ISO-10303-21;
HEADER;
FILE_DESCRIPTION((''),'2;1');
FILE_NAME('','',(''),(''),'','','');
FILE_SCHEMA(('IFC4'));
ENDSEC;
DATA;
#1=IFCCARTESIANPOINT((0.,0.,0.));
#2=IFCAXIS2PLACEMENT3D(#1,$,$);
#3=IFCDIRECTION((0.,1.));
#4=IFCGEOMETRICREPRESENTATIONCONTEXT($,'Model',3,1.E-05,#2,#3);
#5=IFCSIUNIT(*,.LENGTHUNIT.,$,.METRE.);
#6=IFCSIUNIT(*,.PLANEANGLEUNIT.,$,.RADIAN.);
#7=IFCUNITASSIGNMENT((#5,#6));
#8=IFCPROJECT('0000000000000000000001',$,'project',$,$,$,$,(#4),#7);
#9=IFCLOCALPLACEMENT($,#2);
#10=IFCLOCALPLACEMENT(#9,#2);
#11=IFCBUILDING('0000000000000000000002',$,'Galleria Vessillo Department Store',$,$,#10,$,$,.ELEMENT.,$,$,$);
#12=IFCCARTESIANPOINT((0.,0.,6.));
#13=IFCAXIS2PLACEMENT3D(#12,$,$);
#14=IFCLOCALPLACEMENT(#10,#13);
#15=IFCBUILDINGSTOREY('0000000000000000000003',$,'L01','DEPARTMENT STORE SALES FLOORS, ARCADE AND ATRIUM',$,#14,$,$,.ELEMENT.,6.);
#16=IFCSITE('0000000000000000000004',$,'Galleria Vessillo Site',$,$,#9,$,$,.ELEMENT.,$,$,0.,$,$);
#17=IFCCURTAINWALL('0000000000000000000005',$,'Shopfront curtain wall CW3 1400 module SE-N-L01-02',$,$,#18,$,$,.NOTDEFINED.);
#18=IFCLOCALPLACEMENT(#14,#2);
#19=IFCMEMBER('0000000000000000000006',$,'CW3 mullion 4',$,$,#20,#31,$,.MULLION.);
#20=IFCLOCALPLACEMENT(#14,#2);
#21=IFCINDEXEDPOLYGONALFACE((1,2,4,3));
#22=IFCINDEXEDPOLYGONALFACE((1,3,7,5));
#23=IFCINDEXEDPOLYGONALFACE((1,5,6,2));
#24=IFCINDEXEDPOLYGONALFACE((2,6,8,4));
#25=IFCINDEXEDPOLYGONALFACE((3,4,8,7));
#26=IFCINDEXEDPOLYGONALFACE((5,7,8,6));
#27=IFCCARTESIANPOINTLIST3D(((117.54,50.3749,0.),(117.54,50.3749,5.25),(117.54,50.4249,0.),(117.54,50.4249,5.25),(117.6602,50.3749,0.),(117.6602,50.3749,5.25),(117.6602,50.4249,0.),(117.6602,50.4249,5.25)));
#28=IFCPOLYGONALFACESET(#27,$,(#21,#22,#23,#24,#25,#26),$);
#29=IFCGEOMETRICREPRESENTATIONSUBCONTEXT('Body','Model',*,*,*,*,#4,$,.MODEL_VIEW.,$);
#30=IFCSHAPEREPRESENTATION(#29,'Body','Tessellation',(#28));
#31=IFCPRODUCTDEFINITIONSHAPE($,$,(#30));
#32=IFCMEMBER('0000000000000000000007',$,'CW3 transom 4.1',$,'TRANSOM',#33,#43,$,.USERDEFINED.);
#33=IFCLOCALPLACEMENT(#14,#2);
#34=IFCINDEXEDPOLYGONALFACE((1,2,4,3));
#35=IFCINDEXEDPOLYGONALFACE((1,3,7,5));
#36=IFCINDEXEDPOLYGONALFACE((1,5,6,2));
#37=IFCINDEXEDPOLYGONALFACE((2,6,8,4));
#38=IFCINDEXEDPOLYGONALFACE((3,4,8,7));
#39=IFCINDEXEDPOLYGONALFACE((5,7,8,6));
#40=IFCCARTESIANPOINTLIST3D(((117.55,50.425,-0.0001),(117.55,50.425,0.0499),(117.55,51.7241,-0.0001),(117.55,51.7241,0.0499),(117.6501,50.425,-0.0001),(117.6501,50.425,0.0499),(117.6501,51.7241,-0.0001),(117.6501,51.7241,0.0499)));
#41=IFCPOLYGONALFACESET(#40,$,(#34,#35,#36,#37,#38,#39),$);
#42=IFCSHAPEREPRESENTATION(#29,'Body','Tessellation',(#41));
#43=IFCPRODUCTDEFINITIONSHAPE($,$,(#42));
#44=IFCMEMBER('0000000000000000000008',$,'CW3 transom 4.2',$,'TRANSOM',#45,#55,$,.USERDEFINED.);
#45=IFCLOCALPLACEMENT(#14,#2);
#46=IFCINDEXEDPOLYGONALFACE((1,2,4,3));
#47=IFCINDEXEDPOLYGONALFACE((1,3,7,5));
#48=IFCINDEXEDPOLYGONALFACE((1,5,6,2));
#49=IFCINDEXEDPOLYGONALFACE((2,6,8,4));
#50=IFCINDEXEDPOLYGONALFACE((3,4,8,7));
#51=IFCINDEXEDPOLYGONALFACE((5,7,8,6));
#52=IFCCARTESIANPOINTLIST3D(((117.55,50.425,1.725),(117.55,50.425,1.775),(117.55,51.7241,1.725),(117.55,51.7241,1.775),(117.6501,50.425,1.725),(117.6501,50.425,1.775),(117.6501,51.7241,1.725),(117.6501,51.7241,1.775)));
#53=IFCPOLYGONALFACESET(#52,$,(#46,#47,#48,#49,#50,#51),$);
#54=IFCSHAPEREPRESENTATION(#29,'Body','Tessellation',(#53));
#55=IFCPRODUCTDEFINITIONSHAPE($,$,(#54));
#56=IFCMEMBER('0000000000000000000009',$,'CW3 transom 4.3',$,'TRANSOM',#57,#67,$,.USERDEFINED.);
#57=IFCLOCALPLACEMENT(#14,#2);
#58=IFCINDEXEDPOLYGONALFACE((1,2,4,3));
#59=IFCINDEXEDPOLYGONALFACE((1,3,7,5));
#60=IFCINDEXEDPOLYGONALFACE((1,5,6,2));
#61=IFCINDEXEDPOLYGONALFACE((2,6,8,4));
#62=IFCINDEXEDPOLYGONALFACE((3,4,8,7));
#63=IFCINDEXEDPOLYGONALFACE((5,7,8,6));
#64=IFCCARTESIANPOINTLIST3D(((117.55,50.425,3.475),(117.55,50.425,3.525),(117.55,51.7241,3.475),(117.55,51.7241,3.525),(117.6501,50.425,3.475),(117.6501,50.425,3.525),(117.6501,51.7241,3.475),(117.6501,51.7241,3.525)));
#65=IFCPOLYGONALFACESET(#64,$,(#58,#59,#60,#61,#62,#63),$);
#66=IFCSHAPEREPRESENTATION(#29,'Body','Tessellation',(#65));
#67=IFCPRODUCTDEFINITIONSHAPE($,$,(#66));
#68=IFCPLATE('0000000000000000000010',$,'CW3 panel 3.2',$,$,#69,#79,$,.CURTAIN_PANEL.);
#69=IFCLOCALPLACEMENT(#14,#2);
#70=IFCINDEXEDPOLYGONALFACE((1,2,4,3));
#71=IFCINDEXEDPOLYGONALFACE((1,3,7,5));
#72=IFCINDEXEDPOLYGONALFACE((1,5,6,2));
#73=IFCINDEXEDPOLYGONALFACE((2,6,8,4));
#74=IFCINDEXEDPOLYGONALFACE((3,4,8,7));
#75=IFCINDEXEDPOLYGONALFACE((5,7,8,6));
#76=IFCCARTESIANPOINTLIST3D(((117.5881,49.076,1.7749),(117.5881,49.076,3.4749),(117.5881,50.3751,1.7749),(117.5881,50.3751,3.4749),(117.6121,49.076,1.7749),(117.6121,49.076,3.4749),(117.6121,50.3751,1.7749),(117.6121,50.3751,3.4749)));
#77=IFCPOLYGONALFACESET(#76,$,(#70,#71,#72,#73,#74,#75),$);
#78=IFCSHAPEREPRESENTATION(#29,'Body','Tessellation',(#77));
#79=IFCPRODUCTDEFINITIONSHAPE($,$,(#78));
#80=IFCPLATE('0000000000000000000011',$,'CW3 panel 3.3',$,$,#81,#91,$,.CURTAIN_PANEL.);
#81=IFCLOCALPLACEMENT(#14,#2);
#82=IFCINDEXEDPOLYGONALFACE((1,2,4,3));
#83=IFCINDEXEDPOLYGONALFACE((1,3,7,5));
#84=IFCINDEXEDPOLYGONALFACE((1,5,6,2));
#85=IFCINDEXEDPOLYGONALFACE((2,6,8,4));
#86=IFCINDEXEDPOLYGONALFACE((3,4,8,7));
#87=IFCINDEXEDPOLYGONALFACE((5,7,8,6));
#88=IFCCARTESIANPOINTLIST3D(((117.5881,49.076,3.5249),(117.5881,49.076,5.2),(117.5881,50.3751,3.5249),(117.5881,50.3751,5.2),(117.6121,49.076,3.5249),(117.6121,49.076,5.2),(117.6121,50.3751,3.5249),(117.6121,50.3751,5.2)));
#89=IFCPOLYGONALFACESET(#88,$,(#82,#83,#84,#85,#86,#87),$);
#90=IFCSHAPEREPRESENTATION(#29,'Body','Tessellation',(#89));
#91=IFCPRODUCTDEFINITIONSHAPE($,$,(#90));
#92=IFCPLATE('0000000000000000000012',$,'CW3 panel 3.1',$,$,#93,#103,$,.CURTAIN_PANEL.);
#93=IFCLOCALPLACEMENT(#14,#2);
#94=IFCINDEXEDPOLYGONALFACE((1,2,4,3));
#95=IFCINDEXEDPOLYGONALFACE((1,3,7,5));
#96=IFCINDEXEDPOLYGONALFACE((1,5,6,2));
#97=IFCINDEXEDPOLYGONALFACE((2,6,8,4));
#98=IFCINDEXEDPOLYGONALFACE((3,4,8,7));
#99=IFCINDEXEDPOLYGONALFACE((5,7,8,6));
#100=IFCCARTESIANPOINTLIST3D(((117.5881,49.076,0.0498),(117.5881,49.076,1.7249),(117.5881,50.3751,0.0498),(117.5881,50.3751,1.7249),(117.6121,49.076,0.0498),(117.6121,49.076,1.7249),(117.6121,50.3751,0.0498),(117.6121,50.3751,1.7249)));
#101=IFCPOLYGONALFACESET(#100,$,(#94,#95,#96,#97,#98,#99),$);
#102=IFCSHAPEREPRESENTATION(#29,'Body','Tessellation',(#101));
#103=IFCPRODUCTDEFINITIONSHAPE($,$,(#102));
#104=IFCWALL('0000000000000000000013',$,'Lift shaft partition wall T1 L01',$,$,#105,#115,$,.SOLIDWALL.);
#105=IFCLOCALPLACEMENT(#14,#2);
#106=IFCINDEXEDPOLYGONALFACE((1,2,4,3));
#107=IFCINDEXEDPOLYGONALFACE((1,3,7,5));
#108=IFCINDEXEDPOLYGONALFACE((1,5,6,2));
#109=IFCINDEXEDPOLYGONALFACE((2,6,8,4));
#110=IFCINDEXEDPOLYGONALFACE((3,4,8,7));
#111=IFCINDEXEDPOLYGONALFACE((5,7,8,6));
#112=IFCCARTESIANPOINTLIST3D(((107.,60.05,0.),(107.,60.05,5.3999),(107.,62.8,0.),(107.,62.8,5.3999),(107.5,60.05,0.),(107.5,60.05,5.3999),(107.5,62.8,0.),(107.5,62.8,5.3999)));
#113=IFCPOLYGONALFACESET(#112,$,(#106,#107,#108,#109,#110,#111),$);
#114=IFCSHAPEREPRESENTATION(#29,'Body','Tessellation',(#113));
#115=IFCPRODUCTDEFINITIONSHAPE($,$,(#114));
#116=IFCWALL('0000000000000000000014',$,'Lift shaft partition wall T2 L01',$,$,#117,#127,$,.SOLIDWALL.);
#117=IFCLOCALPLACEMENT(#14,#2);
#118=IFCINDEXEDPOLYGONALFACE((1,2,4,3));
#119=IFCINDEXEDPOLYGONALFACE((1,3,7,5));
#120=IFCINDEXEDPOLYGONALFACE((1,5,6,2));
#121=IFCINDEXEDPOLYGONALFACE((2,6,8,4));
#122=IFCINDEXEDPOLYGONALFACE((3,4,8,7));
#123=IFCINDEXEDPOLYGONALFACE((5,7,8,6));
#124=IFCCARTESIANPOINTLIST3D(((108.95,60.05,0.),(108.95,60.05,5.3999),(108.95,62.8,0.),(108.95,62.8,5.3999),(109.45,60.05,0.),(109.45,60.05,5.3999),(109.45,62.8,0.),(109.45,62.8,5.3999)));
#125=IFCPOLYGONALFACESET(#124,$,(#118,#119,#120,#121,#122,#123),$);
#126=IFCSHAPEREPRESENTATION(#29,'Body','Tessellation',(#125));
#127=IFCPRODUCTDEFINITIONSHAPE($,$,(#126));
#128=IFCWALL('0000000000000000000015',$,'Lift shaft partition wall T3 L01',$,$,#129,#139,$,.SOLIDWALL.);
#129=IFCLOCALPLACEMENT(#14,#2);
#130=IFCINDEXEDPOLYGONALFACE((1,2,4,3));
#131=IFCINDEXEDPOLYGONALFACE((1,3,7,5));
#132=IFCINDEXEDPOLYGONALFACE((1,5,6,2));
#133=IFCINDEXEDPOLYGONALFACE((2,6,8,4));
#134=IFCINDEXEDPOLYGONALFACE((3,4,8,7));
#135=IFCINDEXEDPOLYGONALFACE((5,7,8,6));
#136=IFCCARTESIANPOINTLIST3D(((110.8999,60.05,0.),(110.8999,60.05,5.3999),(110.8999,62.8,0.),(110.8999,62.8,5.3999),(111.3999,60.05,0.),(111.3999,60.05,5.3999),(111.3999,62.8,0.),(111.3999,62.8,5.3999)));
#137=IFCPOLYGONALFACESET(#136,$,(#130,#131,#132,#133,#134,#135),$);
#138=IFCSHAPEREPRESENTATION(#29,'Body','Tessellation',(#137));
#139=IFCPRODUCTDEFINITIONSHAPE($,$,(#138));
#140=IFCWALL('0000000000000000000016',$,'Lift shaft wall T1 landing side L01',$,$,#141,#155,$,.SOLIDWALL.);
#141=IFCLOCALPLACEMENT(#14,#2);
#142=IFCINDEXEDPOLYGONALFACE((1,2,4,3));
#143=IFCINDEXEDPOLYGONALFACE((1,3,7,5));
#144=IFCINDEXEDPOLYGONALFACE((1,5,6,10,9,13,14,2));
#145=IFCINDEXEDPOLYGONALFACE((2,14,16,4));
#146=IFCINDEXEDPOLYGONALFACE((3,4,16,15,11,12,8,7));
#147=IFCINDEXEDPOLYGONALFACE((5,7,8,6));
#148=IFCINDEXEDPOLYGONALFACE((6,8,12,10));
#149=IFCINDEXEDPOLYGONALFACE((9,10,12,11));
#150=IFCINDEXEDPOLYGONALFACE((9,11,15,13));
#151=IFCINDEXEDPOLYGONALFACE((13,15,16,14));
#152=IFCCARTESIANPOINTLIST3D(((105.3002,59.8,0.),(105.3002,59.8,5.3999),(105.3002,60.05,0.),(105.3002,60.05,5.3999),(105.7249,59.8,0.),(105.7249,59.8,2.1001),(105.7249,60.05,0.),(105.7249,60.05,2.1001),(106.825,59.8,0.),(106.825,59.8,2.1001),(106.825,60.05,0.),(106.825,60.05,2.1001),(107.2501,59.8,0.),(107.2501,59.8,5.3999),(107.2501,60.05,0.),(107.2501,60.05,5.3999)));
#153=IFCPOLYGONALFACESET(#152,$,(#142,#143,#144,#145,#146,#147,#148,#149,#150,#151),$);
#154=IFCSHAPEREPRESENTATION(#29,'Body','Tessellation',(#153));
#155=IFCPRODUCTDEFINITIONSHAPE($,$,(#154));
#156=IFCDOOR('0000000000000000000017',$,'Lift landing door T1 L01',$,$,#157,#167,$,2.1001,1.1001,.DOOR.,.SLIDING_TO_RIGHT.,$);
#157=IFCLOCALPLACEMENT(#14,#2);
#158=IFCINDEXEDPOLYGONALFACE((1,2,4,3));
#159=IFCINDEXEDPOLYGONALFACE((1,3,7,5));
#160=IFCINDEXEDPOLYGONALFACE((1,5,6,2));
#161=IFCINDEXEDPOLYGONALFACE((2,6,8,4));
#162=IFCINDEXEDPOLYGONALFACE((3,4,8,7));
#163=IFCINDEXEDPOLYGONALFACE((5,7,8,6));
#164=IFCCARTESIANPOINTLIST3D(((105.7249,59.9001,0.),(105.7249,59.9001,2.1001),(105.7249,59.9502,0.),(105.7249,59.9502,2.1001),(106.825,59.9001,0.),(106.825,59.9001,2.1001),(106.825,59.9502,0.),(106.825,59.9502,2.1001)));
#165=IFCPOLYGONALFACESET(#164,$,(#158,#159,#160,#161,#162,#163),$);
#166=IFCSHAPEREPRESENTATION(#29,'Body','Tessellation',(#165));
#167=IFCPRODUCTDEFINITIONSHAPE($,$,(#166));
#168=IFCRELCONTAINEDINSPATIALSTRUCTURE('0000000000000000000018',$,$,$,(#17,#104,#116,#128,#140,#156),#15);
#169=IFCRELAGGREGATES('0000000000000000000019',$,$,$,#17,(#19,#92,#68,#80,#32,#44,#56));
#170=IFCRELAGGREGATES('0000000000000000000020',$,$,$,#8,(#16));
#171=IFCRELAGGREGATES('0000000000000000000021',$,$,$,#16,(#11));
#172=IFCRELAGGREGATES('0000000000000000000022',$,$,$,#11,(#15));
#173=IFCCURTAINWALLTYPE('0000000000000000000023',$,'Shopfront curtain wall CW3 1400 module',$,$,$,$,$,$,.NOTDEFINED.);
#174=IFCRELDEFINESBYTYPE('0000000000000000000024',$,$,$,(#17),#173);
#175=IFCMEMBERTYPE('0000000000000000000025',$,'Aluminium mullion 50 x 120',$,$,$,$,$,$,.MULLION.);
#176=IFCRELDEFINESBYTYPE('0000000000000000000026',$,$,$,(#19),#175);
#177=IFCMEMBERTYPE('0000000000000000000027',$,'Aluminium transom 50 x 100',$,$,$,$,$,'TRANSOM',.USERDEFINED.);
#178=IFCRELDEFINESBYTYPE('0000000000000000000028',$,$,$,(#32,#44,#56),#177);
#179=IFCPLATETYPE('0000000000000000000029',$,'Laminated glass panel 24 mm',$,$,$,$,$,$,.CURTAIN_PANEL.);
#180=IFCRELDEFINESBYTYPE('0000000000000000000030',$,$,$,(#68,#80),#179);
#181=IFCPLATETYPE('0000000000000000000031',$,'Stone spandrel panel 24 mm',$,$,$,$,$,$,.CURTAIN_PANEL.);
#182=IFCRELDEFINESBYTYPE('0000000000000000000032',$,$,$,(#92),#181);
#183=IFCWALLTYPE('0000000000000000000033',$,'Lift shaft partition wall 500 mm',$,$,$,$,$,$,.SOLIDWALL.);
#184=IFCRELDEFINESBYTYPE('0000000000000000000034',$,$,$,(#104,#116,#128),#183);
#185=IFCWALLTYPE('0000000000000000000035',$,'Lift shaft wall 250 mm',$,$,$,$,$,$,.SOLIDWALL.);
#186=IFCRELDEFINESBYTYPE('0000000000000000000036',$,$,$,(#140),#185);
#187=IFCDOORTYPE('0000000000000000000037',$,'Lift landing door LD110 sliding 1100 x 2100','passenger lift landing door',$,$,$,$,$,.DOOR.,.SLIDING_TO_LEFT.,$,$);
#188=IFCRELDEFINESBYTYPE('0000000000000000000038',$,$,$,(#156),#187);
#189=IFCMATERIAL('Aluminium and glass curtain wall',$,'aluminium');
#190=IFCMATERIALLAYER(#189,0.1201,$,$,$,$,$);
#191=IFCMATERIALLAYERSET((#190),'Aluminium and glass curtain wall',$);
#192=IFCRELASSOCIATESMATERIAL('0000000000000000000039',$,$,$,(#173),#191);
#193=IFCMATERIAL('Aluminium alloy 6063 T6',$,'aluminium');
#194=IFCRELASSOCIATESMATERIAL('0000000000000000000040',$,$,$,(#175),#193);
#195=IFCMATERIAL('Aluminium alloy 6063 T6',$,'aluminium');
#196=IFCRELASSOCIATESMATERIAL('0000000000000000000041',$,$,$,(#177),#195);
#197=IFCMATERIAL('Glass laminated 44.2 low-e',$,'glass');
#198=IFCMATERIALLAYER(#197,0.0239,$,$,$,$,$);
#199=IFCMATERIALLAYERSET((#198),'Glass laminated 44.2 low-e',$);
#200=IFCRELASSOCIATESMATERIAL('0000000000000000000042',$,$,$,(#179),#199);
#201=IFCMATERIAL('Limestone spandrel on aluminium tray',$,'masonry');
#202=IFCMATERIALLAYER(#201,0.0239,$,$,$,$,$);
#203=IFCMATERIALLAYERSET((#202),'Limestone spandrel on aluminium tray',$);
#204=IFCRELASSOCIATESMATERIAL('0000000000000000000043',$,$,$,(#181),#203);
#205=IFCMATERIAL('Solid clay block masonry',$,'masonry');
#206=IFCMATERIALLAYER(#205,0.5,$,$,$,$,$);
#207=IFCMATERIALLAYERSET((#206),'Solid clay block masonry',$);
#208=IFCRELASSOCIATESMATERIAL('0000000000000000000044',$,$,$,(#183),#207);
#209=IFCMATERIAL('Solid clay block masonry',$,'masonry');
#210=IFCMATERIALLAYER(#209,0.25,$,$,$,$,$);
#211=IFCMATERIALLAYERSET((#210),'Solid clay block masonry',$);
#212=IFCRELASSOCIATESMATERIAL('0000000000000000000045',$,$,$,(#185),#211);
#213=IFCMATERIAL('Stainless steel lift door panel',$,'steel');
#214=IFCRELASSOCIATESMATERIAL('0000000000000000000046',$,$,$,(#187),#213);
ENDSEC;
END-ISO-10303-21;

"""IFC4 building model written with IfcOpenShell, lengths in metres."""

from ifc_helpers import new_model, si_unit, direction, frame, frame_2d, origin, origin_2d, place, context, subcontext, project, spatial, rectangle, extrude, material, layer, layer_set, material_profile, profile_set, type_object, element, fill, aggregate, save


model = new_model("IFC4")

# Units and contexts
model_context = context("Model", 3, precision=1e-05, world=origin(), true_north=direction((0.0, 1.0)))
body_context = subcontext(model_context, "Body", "Model", "MODEL_VIEW")
ifc_project = project(units=[si_unit("LENGTHUNIT", "METRE"), si_unit("PLANEANGLEUNIT", "RADIAN")], contexts=[model_context])

# Site, building, storey
site_placement = place(None, origin())
site = spatial("IfcSite", under=ifc_project, at=site_placement, Name="Galleria Vessillo Site", CompositionType="ELEMENT", RefElevation=0.0)
building_placement = place(site_placement, origin())
building = spatial("IfcBuilding", under=site, at=building_placement, Name="Galleria Vessillo Department Store", CompositionType="ELEMENT")
storey_placement = place(building_placement, frame((0.0, 0.0, 6.0)))
storey = spatial("IfcBuildingStorey", under=building, at=storey_placement, Name="L01", Description="DEPARTMENT STORE SALES FLOORS, ARCADE AND ATRIUM", CompositionType="ELEMENT", Elevation=6.0)

# Curtain wall, members, plates
ifc_material_1 = material(Name="Aluminium and glass curtain wall", Category="aluminium")
ifc_layer_1 = layer(ifc_material_1, 0.1201)
ifc_layer_set_1 = layer_set([ifc_layer_1], Name="Aluminium and glass curtain wall")
curtain_wall_type = type_object("IfcCurtainWallType", Name="Shopfront curtain wall CW3 1400 module", PredefinedType="NOTDEFINED", material=ifc_layer_set_1)
curtain_wall_placement = place(storey_placement, origin())
curtain_wall = element("IfcCurtainWall", 1, at=curtain_wall_placement, inside=storey, type_object=curtain_wall_type, Name="Shopfront curtain wall CW3 1400 module SE-N-L01-02", PredefinedType="NOTDEFINED")
ifc_material_2 = material(Name="Aluminium alloy 6063 T6", Category="aluminium")
ifc_material_profile_1 = material_profile(ifc_material_2, rectangle(XDim=0.1201, YDim=0.05, at=origin_2d()), Name="AL 50x120")
ifc_profile_set_1 = profile_set([ifc_material_profile_1], Name="Aluminium alloy 6063 T6")
member_type_1 = type_object("IfcMemberType", Name="Aluminium mullion 50 x 120", PredefinedType="MULLION", material=ifc_profile_set_1)
member_1_placement = place(storey_placement, frame((117.6001, 50.3999, 0.0), z_axis=(0.0, 0.0, 1.0), x_axis=(-1.0, 0.0, 0.0)))
member_1 = element("IfcMember", 2, at=member_1_placement, type_object=member_type_1, Name="CW3 mullion 4", PredefinedType="MULLION", context=body_context, shape_type="SweptSolid", body=[
    extrude(rectangle(XDim=0.1201, YDim=0.05, at=origin_2d()), origin(), (0.0, 0.0, 1.0), 5.25),
])
ifc_material_3 = material(Name="Aluminium alloy 6063 T6", Category="aluminium")
ifc_material_profile_2 = material_profile(ifc_material_3, rectangle(XDim=0.1001, YDim=0.05, at=origin_2d()), Name="AL 50x100")
ifc_profile_set_2 = profile_set([ifc_material_profile_2], Name="Aluminium alloy 6063 T6")
member_type_2 = type_object("IfcMemberType", Name="Aluminium transom 50 x 100", ElementType="TRANSOM", PredefinedType="USERDEFINED", material=ifc_profile_set_2)
member_2_placement = place(storey_placement, frame((117.6001, 50.425, 0.0249), z_axis=(0.0, 1.0, 0.0), x_axis=(-1.0, 0.0, 0.0)))
member_2 = element("IfcMember", 3, at=member_2_placement, type_object=member_type_2, Name="CW3 transom 4.1", ObjectType="TRANSOM", PredefinedType="USERDEFINED", context=body_context, shape_type="SweptSolid", body=[
    extrude(rectangle(XDim=0.1001, YDim=0.05, at=origin_2d()), origin(), (0.0, 0.0, 1.0), 1.2991),
])
member_3_placement = place(storey_placement, frame((117.6001, 50.425, 1.75), z_axis=(0.0, 1.0, 0.0), x_axis=(-1.0, 0.0, 0.0)))
member_3 = element("IfcMember", 4, at=member_3_placement, type_object=member_type_2, Name="CW3 transom 4.2", ObjectType="TRANSOM", PredefinedType="USERDEFINED", context=body_context, shape_type="SweptSolid", body=[
    extrude(rectangle(XDim=0.1001, YDim=0.05, at=origin_2d()), origin(), (0.0, 0.0, 1.0), 1.2991),
])
member_4_placement = place(storey_placement, frame((117.6001, 50.425, 3.5), z_axis=(0.0, 1.0, 0.0), x_axis=(-1.0, 0.0, 0.0)))
member_4 = element("IfcMember", 5, at=member_4_placement, type_object=member_type_2, Name="CW3 transom 4.3", ObjectType="TRANSOM", PredefinedType="USERDEFINED", context=body_context, shape_type="SweptSolid", body=[
    extrude(rectangle(XDim=0.1001, YDim=0.05, at=origin_2d()), origin(), (0.0, 0.0, 1.0), 1.2991),
])
ifc_material_4 = material(Name="Glass laminated 44.2 low-e", Category="glass")
ifc_layer_2 = layer(ifc_material_4, 0.0239)
ifc_layer_set_2 = layer_set([ifc_layer_2], Name="Glass laminated 44.2 low-e")
plate_type_1 = type_object("IfcPlateType", Name="Laminated glass panel 24 mm", PredefinedType="CURTAIN_PANEL", material=ifc_layer_set_2)
plate_1_placement = place(storey_placement, frame((117.6001, 49.7256, 1.7749), z_axis=(0.0, 0.0, 1.0), x_axis=(0.0, 1.0, 0.0)))
plate_1 = element("IfcPlate", 6, at=plate_1_placement, type_object=plate_type_1, Name="CW3 panel 3.2", PredefinedType="CURTAIN_PANEL", context=body_context, shape_type="SweptSolid", body=[
    extrude(rectangle(XDim=1.2991, YDim=0.0239, at=origin_2d()), origin(), (0.0, 0.0, 1.0), 1.7),
])
plate_2_placement = place(storey_placement, frame((117.6001, 49.7256, 3.5249), z_axis=(0.0, 0.0, 1.0), x_axis=(0.0, 1.0, 0.0)))
plate_2 = element("IfcPlate", 7, at=plate_2_placement, type_object=plate_type_1, Name="CW3 panel 3.3", PredefinedType="CURTAIN_PANEL", context=body_context, shape_type="SweptSolid", body=[
    extrude(rectangle(XDim=1.2991, YDim=0.0239, at=origin_2d()), origin(), (0.0, 0.0, 1.0), 1.675),
])
ifc_material_5 = material(Name="Limestone spandrel on aluminium tray", Category="masonry")
ifc_layer_3 = layer(ifc_material_5, 0.0239)
ifc_layer_set_3 = layer_set([ifc_layer_3], Name="Limestone spandrel on aluminium tray")
plate_type_2 = type_object("IfcPlateType", Name="Stone spandrel panel 24 mm", PredefinedType="CURTAIN_PANEL", material=ifc_layer_set_3)
plate_3_placement = place(storey_placement, frame((117.6001, 49.7256, 0.0498), z_axis=(0.0, 0.0, 1.0), x_axis=(0.0, 1.0, 0.0)))
plate_3 = element("IfcPlate", 8, at=plate_3_placement, type_object=plate_type_2, Name="CW3 panel 3.1", PredefinedType="CURTAIN_PANEL", context=body_context, shape_type="SweptSolid", body=[
    extrude(rectangle(XDim=1.2991, YDim=0.0239, at=origin_2d()), origin(), (0.0, 0.0, 1.0), 1.675),
])
aggregate(curtain_wall, [member_1, plate_3, plate_1, plate_2, member_2, member_3, member_4])

# Walls
ifc_material_6 = material(Name="Solid clay block masonry", Category="masonry")
ifc_layer_4 = layer(ifc_material_6, 0.5)
ifc_layer_set_4 = layer_set([ifc_layer_4], Name="Solid clay block masonry")
wall_type_1 = type_object("IfcWallType", Name="Lift shaft partition wall 500 mm", PredefinedType="SOLIDWALL", material=ifc_layer_set_4)
for number, where, z_axis, x_axis, name in (
    (9, (107.25, 62.8, 0.0), (0.0, 0.0, 1.0), (0.0, -1.0, 0.0), "Lift shaft partition wall T1 L01"),
    (10, (109.2, 62.8, 0.0), (0.0, 0.0, 1.0), (0.0, -1.0, 0.0), "Lift shaft partition wall T2 L01"),
    (11, (111.1499, 62.8, 0.0), (0.0, 0.0, 1.0), (0.0, -1.0, 0.0), "Lift shaft partition wall T3 L01"),
):
    element("IfcWall", number, at=place(storey_placement, frame(where, z_axis=z_axis, x_axis=x_axis)), inside=storey, type_object=wall_type_1, Name=name, PredefinedType="SOLIDWALL", context=body_context, shape_type="SweptSolid", body=[
        extrude(rectangle(XDim=2.75, YDim=0.5, at=frame_2d((1.375, 0.0))), origin(), (0.0, 0.0, 1.0), 5.3999),
    ])

# Wall, opening, door
ifc_material_7 = material(Name="Solid clay block masonry", Category="masonry")
ifc_layer_5 = layer(ifc_material_7, 0.25)
ifc_layer_set_5 = layer_set([ifc_layer_5], Name="Solid clay block masonry")
wall_type_2 = type_object("IfcWallType", Name="Lift shaft wall 250 mm", PredefinedType="SOLIDWALL", material=ifc_layer_set_5)
wall_1_placement = place(storey_placement, frame((105.3, 59.925, 0.0), z_axis=(0.0, 0.0, 1.0), x_axis=(1.0, 0.0, 0.0)))
wall_1 = element("IfcWall", 12, at=wall_1_placement, inside=storey, type_object=wall_type_2, Name="Lift shaft wall T1 landing side L01", PredefinedType="SOLIDWALL", context=body_context, shape_type="SweptSolid", body=[
    extrude(rectangle(XDim=1.95, YDim=0.25, at=frame_2d((0.9751, 0.0))), origin(), (0.0, 0.0, 1.0), 5.3999),
])
opening_1_placement = place(wall_1_placement, frame((0.4248, 0.0, 0.0)))
opening_1 = element("IfcOpeningElement", 13, at=opening_1_placement, cuts=wall_1, PredefinedType="OPENING", context=body_context, shape_type="SweptSolid", body=[
    extrude(rectangle(XDim=1.1001, YDim=2.1001, at=frame_2d((0.55, 1.05))), frame((0.0, 0.135, 0.0), z_axis=(0.0, -1.0, 0.0), x_axis=(1.0, 0.0, 0.0)), (0.0, 0.0, 1.0), 0.27),
])
ifc_material_8 = material(Name="Stainless steel lift door panel", Category="steel")
door_type = type_object("IfcDoorType", Name="Lift landing door LD110 sliding 1100 x 2100", Description="passenger lift landing door", OperationType="SLIDING_TO_LEFT", PredefinedType="DOOR", material=ifc_material_8)
door_1_placement = place(opening_1_placement, frame((1.1001, 0.0, 0.0), z_axis=(0.0, 0.0, 1.0), x_axis=(-1.0, 0.0, 0.0)))
door_1 = element("IfcDoor", 14, at=door_1_placement, inside=storey, type_object=door_type, Name="Lift landing door T1 L01", OperationType="SLIDING_TO_RIGHT", OverallHeight=2.1001, OverallWidth=1.1001, PredefinedType="DOOR", context=body_context, shape_type="SweptSolid", body=[
    extrude(rectangle(XDim=1.1001, YDim=2.1001, at=frame_2d((0.55, 1.05))), frame((0.0, 0.0249, 0.0), z_axis=(0.0, -1.0, 0.0), x_axis=(1.0, 0.0, 0.0)), (0.0, 0.0, 1.0), 0.05),
])
fill(opening_1, door_1)

save(model, "model.ifc")
